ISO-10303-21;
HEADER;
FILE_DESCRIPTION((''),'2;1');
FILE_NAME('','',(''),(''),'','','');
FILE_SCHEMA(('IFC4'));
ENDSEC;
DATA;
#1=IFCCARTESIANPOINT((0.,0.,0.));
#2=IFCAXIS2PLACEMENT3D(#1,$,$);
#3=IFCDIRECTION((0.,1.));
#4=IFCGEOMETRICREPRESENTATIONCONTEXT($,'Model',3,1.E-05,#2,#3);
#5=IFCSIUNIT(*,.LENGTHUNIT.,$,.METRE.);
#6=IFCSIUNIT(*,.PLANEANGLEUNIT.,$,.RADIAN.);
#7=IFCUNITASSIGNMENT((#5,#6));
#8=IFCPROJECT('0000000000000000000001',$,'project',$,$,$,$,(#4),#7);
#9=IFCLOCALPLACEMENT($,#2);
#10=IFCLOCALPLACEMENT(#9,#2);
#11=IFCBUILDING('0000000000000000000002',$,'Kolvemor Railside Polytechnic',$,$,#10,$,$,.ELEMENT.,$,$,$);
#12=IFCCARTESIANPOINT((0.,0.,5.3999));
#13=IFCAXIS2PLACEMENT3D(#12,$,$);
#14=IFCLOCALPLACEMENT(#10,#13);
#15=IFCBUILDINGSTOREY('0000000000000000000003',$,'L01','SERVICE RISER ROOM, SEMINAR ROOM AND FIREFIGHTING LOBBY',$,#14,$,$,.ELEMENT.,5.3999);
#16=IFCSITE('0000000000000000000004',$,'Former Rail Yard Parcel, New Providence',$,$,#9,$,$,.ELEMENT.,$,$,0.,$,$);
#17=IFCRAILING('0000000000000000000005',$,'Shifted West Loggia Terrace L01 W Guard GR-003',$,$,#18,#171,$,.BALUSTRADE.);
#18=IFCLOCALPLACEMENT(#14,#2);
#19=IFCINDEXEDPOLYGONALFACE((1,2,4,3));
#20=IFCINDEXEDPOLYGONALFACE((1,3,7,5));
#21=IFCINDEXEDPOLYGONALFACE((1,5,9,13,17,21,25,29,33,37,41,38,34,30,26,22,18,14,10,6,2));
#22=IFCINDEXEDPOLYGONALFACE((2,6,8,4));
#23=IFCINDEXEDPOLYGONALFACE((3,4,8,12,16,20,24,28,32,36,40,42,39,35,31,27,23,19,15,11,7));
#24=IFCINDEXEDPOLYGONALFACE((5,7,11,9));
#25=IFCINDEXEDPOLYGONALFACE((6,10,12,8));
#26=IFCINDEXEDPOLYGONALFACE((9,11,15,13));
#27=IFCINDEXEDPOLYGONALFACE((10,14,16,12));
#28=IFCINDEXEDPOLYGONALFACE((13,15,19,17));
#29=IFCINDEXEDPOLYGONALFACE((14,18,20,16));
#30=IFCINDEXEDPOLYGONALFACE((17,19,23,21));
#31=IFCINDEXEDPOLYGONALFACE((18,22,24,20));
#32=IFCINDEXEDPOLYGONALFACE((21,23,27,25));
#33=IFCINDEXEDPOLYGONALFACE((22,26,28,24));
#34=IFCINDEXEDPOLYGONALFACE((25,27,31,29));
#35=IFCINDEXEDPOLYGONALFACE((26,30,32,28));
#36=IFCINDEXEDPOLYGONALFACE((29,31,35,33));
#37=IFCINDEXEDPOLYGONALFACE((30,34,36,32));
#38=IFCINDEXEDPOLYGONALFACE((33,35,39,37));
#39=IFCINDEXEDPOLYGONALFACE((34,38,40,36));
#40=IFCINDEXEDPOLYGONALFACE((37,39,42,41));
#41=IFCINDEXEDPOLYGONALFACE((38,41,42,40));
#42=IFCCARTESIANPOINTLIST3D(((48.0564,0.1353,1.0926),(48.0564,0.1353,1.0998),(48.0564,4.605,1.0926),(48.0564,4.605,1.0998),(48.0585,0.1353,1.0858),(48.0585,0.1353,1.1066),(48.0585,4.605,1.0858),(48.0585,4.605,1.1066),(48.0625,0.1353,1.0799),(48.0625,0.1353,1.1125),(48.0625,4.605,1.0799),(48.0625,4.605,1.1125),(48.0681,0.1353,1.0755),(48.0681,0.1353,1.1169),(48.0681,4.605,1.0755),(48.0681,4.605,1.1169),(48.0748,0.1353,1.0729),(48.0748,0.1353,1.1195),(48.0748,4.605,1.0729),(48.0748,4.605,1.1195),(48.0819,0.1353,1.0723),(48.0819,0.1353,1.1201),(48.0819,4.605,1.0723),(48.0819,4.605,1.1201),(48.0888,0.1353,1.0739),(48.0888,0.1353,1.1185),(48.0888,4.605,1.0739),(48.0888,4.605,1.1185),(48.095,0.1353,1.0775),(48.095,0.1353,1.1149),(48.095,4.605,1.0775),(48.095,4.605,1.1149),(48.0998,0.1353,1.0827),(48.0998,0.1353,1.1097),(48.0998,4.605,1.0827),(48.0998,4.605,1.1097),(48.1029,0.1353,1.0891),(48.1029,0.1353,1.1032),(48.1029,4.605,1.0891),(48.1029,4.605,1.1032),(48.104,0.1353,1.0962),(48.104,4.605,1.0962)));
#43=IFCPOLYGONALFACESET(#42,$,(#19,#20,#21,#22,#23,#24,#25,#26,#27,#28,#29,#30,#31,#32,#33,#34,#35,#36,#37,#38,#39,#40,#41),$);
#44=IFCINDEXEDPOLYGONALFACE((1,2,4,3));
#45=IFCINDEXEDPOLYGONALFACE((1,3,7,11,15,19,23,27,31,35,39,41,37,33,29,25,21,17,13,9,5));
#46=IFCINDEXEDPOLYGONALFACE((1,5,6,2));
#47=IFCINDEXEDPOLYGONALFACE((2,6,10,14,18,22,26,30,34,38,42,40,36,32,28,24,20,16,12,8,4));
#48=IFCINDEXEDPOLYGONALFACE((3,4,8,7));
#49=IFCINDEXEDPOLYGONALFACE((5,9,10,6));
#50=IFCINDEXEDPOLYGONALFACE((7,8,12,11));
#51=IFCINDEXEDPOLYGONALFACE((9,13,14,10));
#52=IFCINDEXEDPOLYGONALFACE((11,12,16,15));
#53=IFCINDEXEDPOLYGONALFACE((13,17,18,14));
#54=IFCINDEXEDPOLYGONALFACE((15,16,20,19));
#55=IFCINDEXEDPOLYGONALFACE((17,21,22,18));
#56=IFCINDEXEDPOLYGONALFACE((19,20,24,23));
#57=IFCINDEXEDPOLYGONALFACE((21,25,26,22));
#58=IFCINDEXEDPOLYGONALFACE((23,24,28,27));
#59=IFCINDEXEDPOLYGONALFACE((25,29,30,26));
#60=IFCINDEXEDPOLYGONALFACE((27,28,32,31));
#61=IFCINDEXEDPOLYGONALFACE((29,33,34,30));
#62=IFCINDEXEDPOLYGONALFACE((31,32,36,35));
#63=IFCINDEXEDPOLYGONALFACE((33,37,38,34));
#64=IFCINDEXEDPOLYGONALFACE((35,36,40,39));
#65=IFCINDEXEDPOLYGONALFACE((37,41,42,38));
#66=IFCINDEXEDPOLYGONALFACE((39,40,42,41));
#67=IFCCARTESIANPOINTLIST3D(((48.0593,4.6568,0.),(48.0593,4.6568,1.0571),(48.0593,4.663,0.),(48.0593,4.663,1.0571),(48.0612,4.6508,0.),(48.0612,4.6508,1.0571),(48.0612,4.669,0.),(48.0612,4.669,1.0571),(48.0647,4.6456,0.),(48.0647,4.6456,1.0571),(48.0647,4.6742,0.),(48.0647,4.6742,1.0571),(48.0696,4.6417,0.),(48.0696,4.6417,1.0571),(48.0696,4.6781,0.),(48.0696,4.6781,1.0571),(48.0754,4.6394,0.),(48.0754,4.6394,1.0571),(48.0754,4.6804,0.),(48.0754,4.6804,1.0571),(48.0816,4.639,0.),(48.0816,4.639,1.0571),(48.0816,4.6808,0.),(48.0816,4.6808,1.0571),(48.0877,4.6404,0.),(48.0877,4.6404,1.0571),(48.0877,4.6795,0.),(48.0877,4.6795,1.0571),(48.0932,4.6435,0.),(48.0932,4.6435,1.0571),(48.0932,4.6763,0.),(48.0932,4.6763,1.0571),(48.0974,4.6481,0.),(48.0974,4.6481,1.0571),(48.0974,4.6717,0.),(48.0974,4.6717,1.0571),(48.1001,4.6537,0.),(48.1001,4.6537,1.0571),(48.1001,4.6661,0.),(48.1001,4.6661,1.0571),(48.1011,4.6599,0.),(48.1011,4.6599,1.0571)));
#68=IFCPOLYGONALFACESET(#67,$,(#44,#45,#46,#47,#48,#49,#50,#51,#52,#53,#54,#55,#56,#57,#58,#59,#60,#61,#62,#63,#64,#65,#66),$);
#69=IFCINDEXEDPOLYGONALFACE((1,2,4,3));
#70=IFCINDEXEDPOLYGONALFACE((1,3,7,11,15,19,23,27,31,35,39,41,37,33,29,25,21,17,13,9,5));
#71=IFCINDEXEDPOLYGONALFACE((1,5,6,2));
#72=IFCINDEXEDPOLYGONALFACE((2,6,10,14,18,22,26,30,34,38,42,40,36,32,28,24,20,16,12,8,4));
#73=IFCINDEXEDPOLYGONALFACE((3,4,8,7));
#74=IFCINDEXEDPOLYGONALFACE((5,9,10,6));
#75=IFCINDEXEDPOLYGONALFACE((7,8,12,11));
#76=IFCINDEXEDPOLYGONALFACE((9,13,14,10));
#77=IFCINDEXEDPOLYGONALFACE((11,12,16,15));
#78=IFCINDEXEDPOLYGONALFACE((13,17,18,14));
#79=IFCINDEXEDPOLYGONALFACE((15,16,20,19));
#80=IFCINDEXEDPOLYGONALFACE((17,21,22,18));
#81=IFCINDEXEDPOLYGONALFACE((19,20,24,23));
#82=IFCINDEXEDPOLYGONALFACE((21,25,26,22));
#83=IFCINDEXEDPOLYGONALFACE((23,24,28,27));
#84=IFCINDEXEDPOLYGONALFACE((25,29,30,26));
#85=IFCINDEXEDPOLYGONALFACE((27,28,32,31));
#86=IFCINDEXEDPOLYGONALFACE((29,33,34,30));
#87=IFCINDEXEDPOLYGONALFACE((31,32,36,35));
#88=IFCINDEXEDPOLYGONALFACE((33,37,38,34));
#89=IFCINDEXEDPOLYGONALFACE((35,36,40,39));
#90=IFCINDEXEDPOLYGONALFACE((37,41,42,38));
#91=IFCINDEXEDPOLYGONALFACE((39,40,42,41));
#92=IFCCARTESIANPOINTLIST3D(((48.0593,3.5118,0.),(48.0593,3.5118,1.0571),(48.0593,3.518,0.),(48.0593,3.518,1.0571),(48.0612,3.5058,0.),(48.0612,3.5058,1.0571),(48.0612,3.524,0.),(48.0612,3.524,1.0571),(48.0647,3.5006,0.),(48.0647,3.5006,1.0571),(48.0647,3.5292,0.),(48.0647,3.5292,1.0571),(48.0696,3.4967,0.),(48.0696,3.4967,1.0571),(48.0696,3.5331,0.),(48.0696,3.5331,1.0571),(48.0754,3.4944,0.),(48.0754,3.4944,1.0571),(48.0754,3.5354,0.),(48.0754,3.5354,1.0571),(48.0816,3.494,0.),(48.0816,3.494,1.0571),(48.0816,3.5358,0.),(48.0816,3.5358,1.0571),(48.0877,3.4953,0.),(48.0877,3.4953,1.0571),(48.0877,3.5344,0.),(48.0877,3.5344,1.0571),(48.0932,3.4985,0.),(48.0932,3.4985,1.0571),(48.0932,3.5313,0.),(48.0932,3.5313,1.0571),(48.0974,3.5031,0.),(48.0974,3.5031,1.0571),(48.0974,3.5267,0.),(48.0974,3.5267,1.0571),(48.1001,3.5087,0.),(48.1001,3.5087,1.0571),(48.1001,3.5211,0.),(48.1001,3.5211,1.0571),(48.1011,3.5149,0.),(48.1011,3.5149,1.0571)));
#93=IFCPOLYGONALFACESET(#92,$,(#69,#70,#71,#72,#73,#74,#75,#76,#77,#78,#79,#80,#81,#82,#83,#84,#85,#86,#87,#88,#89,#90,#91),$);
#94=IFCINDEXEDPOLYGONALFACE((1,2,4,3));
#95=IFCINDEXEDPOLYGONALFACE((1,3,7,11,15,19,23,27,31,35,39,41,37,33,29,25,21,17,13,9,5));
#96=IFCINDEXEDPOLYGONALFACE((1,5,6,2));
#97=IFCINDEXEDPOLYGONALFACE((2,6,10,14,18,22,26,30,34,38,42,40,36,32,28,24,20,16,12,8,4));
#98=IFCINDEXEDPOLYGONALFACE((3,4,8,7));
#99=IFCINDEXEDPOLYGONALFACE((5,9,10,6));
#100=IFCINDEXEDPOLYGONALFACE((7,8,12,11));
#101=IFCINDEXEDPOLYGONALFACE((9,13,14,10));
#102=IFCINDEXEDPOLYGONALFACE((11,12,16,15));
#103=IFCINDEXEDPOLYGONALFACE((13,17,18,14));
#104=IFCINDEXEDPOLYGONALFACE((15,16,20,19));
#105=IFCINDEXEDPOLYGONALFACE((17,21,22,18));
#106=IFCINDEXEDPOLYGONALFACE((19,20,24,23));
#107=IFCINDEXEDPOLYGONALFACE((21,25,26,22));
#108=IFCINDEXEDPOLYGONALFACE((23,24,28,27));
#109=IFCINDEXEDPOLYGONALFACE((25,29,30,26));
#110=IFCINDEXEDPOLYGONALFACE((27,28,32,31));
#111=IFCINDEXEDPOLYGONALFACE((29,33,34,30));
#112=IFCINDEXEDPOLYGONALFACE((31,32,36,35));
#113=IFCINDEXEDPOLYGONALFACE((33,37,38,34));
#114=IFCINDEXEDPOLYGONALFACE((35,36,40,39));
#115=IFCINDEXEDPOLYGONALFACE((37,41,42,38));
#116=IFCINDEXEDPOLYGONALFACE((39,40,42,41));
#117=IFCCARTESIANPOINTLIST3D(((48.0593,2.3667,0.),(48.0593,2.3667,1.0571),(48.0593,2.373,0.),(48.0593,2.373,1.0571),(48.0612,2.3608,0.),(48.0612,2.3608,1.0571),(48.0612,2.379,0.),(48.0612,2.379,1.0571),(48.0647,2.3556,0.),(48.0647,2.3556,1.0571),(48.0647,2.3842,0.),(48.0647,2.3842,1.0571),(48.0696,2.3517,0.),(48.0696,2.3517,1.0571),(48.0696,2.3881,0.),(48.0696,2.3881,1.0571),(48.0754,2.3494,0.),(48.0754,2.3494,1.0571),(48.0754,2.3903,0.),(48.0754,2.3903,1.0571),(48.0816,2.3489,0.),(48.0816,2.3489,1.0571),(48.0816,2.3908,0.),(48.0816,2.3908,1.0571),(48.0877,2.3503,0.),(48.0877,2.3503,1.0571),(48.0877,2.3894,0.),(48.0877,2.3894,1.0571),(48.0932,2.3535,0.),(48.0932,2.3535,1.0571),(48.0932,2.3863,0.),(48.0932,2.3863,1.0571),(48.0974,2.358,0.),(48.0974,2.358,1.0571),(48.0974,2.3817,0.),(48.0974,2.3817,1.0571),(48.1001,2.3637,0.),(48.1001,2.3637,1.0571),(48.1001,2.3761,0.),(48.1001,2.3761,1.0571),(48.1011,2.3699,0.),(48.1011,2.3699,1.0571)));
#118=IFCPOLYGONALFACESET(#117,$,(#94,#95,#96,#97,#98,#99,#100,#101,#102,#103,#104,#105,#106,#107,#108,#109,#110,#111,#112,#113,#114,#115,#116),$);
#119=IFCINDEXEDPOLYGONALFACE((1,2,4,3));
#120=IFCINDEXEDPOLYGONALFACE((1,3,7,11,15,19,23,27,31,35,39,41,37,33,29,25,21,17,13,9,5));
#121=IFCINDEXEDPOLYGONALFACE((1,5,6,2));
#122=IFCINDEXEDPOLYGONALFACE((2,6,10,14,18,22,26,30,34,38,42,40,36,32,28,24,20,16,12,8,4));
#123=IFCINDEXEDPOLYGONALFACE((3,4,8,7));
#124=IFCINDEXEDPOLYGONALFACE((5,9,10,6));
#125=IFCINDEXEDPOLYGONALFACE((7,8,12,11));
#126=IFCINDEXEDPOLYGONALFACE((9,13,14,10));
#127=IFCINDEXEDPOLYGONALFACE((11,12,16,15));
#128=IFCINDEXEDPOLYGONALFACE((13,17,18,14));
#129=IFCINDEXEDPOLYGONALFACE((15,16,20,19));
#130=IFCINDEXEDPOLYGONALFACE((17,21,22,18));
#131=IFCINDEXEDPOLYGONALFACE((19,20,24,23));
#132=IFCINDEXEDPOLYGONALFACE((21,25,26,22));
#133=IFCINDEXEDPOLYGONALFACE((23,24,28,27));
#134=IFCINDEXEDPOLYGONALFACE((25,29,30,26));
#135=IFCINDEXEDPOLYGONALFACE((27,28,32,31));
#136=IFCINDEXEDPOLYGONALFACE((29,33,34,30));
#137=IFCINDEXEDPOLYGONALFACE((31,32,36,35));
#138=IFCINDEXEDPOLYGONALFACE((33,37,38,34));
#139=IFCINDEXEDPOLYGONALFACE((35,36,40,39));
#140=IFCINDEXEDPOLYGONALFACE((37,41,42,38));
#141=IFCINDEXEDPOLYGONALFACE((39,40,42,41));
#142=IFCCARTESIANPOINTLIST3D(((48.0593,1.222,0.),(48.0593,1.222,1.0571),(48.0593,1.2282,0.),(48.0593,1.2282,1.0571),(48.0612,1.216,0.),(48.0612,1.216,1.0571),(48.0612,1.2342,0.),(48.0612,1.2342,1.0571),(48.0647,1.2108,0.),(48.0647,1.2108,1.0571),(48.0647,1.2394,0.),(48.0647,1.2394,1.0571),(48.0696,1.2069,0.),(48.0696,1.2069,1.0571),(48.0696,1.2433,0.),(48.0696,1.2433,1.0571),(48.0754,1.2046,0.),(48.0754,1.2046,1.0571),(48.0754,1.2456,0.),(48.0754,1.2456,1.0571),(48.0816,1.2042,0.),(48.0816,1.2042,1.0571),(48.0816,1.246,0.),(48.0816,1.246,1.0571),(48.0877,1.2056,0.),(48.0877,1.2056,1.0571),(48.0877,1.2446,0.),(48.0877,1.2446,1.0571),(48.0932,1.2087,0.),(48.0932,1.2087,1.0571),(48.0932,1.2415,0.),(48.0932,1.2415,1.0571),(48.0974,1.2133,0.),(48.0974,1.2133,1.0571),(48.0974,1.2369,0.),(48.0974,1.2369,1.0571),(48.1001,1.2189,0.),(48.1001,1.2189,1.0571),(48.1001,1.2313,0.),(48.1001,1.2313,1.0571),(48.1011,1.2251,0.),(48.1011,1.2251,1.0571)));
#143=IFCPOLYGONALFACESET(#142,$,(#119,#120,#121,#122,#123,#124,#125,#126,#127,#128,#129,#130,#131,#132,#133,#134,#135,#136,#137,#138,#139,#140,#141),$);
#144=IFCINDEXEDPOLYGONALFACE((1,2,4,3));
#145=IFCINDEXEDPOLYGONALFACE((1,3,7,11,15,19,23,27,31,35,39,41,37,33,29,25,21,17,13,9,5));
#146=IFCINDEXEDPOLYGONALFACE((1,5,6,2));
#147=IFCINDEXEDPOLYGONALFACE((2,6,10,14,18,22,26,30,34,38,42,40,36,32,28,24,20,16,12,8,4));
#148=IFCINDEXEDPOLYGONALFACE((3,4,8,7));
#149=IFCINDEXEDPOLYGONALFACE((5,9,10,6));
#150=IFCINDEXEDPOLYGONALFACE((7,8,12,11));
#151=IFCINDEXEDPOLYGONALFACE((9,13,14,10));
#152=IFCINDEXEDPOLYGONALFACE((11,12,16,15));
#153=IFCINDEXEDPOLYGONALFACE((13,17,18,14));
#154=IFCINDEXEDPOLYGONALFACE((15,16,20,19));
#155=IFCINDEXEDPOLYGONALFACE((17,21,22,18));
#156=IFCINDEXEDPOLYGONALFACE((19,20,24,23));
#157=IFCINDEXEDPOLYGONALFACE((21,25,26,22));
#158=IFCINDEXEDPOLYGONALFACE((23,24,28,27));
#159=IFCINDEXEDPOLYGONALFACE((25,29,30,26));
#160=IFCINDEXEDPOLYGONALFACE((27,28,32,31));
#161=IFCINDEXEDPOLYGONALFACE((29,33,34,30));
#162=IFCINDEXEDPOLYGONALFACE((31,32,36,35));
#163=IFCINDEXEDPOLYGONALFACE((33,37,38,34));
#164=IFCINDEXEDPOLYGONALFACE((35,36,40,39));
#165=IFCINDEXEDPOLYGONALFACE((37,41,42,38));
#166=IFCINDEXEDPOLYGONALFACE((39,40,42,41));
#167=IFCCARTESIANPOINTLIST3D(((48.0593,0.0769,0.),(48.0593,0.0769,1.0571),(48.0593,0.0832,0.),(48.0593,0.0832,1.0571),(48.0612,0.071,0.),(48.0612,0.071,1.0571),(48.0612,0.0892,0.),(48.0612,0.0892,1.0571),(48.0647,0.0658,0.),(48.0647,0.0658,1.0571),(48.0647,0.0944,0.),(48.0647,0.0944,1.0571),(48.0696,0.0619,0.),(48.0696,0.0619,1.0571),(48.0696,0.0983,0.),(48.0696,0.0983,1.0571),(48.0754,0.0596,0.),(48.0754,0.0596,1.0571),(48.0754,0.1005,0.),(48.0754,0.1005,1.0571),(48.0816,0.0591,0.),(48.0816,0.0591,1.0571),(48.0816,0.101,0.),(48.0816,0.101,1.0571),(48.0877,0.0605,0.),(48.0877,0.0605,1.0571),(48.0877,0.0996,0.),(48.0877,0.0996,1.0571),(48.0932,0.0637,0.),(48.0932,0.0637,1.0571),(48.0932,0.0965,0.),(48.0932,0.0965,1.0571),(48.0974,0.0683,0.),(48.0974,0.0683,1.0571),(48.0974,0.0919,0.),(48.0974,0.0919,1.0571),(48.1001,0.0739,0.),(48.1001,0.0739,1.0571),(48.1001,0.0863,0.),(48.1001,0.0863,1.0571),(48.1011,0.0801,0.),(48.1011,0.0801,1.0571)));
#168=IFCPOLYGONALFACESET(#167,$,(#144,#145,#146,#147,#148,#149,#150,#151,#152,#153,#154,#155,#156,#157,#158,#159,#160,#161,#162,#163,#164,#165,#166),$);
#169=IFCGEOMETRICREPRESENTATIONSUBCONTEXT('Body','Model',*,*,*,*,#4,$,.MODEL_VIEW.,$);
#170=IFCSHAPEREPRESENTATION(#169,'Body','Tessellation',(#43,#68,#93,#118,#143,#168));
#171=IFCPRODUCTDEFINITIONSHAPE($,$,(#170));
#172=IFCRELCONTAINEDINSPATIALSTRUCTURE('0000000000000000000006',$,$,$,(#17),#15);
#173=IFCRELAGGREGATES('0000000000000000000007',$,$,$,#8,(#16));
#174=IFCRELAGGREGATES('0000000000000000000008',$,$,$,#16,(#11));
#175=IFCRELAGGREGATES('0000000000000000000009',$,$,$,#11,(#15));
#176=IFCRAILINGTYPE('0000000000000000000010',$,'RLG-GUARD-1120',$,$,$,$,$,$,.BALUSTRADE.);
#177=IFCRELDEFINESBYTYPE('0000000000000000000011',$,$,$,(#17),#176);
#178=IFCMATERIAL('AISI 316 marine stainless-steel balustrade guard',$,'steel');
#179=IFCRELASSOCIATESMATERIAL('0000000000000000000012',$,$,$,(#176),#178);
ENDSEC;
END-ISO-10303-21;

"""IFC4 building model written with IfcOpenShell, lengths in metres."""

from ifc_helpers import new_model, si_unit, direction, frame, origin, origin_2d, place, context, subcontext, project, spatial, circle, extrude, material, type_object, element, save


model = new_model("IFC4")

# Units and contexts
model_context = context("Model", 3, precision=1e-05, world=origin(), true_north=direction((0.0, 1.0)))
body_context = subcontext(model_context, "Body", "Model", "MODEL_VIEW")
ifc_project = project(units=[si_unit("LENGTHUNIT", "METRE"), si_unit("PLANEANGLEUNIT", "RADIAN")], contexts=[model_context])

# Site, building, storey
site_placement = place(None, origin())
site = spatial("IfcSite", under=ifc_project, at=site_placement, Name="Former Rail Yard Parcel, New Providence", CompositionType="ELEMENT", RefElevation=0.0)
building_placement = place(site_placement, origin())
building = spatial("IfcBuilding", under=site, at=building_placement, Name="Kolvemor Railside Polytechnic", CompositionType="ELEMENT")
storey_placement = place(building_placement, frame((0.0, 0.0, 5.3999)))
storey = spatial("IfcBuildingStorey", under=building, at=storey_placement, Name="L01", Description="SERVICE RISER ROOM, SEMINAR ROOM AND FIREFIGHTING LOBBY", CompositionType="ELEMENT", Elevation=5.3999)

# Railing
ifc_material_1 = material(Name="AISI 316 marine stainless-steel balustrade guard", Category="steel")
railing_type = type_object("IfcRailingType", Name="RLG-GUARD-1120", PredefinedType="BALUSTRADE", material=ifc_material_1)
railing_1_placement = place(storey_placement, frame((48.0801, 4.6599, 0.0)))
element("IfcRailing", 1, at=railing_1_placement, inside=storey, type_object=railing_type, Name="Shifted West Loggia Terrace L01 W Guard GR-003", PredefinedType="BALUSTRADE", context=body_context, shape_type="SweptSolid", body=[
    extrude(circle(Radius=0.0239, at=origin_2d()), frame((0.0, -0.0549, 1.0962), z_axis=(0.0, -1.0, 0.0), x_axis=(1.0, 0.0, 0.0)), (0.0, 0.0, 1.0), 4.4697),
    extrude(circle(Radius=0.021, at=origin_2d()), origin(), (0.0, 0.0, 1.0), 1.0571),
    extrude(circle(Radius=0.021, at=origin_2d()), frame((0.0, -1.145, 0.0)), (0.0, 0.0, 1.0), 1.0571),
    extrude(circle(Radius=0.021, at=origin_2d()), frame((0.0, -2.29, 0.0)), (0.0, 0.0, 1.0), 1.0571),
    extrude(circle(Radius=0.021, at=origin_2d()), frame((0.0, -3.4348, 0.0)), (0.0, 0.0, 1.0), 1.0571),
    extrude(circle(Radius=0.021, at=origin_2d()), frame((0.0, -4.5798, 0.0)), (0.0, 0.0, 1.0), 1.0571),
])

save(model, "model.ifc")
